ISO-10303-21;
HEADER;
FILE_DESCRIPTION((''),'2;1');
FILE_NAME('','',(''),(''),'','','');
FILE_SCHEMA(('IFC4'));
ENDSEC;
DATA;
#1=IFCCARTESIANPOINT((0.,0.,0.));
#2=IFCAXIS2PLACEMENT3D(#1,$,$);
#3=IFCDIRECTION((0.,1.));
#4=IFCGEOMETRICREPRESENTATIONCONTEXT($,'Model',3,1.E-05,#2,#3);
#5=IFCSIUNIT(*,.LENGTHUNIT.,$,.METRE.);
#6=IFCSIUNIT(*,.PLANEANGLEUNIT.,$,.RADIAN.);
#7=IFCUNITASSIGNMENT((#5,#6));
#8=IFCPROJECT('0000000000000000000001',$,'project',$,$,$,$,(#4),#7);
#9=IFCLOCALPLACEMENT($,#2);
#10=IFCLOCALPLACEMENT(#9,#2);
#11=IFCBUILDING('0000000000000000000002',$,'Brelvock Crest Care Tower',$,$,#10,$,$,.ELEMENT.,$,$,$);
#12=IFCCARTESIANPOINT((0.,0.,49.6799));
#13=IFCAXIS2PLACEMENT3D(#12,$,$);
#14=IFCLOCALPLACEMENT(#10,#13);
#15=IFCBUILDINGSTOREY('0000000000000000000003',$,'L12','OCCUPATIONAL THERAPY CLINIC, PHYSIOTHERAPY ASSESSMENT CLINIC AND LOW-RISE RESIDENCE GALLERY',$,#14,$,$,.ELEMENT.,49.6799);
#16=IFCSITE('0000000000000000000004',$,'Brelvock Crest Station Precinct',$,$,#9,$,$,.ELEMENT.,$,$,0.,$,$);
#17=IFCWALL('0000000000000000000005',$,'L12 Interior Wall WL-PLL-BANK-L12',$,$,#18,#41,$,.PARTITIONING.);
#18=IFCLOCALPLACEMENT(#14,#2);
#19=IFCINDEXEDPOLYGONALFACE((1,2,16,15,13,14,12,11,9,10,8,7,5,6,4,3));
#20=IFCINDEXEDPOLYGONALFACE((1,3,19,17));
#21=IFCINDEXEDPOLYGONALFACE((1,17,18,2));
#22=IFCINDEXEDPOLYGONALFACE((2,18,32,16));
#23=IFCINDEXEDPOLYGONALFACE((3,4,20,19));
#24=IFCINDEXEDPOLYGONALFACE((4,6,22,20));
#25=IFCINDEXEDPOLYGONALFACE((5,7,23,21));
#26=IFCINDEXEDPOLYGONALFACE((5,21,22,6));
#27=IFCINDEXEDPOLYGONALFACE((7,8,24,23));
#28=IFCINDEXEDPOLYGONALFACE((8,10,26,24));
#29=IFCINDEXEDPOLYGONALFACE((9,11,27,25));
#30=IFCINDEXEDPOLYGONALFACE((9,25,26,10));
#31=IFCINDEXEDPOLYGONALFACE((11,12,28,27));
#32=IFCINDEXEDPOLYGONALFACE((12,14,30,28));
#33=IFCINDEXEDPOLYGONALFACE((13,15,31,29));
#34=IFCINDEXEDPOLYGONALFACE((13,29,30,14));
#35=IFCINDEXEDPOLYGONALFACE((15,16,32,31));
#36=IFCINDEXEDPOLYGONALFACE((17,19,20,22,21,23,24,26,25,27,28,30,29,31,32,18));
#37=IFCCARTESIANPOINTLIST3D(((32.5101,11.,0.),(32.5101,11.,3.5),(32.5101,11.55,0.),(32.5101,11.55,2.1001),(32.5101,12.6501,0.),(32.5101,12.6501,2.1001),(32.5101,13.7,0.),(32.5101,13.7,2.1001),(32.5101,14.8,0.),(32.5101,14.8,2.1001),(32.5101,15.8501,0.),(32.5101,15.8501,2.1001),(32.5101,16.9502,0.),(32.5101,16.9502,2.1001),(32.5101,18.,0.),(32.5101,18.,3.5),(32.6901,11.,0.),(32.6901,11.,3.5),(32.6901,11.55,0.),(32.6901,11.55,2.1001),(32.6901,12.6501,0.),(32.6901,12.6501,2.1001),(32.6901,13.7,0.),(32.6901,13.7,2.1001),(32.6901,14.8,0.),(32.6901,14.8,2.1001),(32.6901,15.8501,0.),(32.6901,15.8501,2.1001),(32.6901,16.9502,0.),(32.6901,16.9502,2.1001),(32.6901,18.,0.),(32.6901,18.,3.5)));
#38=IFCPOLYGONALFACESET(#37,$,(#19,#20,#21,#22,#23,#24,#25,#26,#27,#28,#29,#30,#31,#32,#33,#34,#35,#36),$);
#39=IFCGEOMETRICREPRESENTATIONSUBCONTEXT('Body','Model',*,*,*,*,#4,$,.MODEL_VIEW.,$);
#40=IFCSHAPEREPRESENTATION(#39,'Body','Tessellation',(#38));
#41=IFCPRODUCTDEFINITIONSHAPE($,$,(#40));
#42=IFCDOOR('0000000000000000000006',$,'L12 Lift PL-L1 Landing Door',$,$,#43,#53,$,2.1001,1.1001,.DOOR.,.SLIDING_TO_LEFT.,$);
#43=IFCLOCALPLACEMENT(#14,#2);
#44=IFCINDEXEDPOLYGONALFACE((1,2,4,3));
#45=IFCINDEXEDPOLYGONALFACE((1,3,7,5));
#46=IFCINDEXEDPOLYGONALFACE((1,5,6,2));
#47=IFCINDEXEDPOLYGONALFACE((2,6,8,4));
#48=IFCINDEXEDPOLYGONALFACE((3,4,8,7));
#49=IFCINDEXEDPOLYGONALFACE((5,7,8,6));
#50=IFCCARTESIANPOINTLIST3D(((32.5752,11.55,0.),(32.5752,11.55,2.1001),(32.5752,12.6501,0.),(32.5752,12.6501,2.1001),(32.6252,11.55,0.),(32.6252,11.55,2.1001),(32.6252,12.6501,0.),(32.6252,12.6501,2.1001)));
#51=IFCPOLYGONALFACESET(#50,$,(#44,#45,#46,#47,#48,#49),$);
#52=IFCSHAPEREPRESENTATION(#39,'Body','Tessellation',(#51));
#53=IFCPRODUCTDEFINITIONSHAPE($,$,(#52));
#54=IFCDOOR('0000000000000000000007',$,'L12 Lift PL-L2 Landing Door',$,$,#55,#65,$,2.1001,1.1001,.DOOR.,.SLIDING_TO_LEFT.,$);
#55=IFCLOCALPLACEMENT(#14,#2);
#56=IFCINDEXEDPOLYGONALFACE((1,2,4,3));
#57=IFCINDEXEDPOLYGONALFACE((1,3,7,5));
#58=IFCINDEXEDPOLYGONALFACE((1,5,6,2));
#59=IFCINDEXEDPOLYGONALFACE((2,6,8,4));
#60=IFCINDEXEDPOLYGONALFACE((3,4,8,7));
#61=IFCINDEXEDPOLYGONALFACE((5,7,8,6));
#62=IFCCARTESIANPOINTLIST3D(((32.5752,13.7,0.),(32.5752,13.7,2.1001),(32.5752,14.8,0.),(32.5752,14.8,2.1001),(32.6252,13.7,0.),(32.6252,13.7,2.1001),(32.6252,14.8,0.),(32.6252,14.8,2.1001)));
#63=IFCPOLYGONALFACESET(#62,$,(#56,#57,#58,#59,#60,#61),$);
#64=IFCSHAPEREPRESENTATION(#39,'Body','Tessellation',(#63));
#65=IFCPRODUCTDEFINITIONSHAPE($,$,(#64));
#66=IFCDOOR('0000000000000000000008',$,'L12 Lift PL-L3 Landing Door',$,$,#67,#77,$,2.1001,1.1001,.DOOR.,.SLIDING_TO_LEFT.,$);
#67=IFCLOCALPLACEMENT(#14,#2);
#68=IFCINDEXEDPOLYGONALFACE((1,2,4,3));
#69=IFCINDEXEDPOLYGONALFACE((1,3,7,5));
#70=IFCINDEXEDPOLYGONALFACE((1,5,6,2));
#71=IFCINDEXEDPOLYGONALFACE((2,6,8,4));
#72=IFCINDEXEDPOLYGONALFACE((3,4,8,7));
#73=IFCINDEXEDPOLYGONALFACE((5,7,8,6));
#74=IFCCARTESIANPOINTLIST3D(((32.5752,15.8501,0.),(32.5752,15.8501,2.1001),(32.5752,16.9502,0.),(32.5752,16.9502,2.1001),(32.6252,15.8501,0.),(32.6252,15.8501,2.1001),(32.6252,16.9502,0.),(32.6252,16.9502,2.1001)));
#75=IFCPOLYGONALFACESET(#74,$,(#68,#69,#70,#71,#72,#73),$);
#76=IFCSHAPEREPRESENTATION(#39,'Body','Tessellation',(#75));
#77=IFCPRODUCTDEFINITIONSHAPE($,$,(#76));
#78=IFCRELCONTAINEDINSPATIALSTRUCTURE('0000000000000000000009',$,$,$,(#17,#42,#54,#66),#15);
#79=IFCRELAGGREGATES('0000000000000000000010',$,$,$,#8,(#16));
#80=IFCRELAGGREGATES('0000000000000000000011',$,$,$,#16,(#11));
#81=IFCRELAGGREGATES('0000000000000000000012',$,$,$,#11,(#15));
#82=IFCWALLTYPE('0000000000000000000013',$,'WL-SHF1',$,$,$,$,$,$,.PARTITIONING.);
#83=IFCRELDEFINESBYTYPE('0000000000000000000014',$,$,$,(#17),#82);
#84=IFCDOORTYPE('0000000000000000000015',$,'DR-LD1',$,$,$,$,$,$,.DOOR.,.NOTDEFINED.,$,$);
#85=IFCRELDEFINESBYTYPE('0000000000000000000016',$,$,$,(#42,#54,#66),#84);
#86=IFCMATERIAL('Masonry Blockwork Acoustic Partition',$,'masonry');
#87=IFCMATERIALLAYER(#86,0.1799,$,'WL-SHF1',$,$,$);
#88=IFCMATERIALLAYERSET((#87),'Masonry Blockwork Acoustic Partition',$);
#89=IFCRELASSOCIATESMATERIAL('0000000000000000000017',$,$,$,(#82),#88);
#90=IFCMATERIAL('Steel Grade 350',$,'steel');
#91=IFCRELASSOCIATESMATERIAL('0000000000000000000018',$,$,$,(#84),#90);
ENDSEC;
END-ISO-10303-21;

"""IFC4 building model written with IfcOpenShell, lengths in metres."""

from ifc_helpers import new_model, si_unit, direction, frame, frame_2d, origin, origin_2d, place, context, subcontext, project, spatial, rectangle, extrude, source, transform, mapped, material, layer, layer_set, type_object, element, fill, save


model = new_model("IFC4")

# Units and contexts
model_context = context("Model", 3, precision=1e-05, world=origin(), true_north=direction((0.0, 1.0)))
body_context = subcontext(model_context, "Body", "Model", "MODEL_VIEW")
ifc_project = project(units=[si_unit("LENGTHUNIT", "METRE"), si_unit("PLANEANGLEUNIT", "RADIAN")], contexts=[model_context])

# Site, building, storey
site_placement = place(None, origin())
site = spatial("IfcSite", under=ifc_project, at=site_placement, Name="Brelvock Crest Station Precinct", CompositionType="ELEMENT", RefElevation=0.0)
building_placement = place(site_placement, origin())
building = spatial("IfcBuilding", under=site, at=building_placement, Name="Brelvock Crest Care Tower", CompositionType="ELEMENT")
storey_placement = place(building_placement, frame((0.0, 0.0, 49.6799)))
storey = spatial("IfcBuildingStorey", under=building, at=storey_placement, Name="L12", Description="OCCUPATIONAL THERAPY CLINIC, PHYSIOTHERAPY ASSESSMENT CLINIC AND LOW-RISE RESIDENCE GALLERY", CompositionType="ELEMENT", Elevation=49.6799)

# Shared definitions
ifc_material_1 = material(Name="Steel Grade 350", Category="steel")

# Shared definitions
ifc_material_2 = material(Name="Masonry Blockwork Acoustic Partition", Category="masonry")

# Shared definitions
ifc_layer_1 = layer(ifc_material_2, 0.1799, Name="WL-SHF1")
ifc_layer_set_1 = layer_set([ifc_layer_1], Name="Masonry Blockwork Acoustic Partition")
wall_type_1 = type_object("IfcWallType", Name="WL-SHF1", PredefinedType="PARTITIONING", material=ifc_layer_set_1)

# Wall, openings, doors
wall_1_placement = place(storey_placement, frame((32.6001, 11.0, 0.0), z_axis=(0.0, 0.0, 1.0), x_axis=(0.0, 1.0, 0.0)))
wall_1 = element("IfcWall", 1, at=wall_1_placement, inside=storey, type_object=wall_type_1, Name="L12 Interior Wall WL-PLL-BANK-L12", PredefinedType="PARTITIONING", context=body_context, shape_type="SweptSolid", body=[
    extrude(rectangle(XDim=7.0, YDim=0.1799, at=frame_2d((3.5, 0.0))), origin(), (0.0, 0.0, 1.0), 3.5),
])
opening_1_placement = place(wall_1_placement, frame((0.55, 0.0, 0.0)))
opening_1 = element("IfcOpeningElement", 2, at=opening_1_placement, cuts=wall_1, PredefinedType="OPENING", context=body_context, shape_type="SweptSolid", body=[
    extrude(rectangle(XDim=1.1001, YDim=2.1001, at=origin_2d()), frame((0.55, 0.1001, 1.05), z_axis=(0.0, -1.0, 0.0), x_axis=(1.0, 0.0, 0.0)), (0.0, 0.0, 1.0), 0.2),
])
opening_2_placement = place(wall_1_placement, frame((2.7, 0.0, 0.0)))
opening_2 = element("IfcOpeningElement", 3, at=opening_2_placement, cuts=wall_1, PredefinedType="OPENING", context=body_context, shape_type="SweptSolid", body=[
    extrude(rectangle(XDim=1.1001, YDim=2.1001, at=origin_2d()), frame((0.55, 0.1001, 1.05), z_axis=(0.0, -1.0, 0.0), x_axis=(1.0, 0.0, 0.0)), (0.0, 0.0, 1.0), 0.2),
])
opening_3_placement = place(wall_1_placement, frame((4.8501, 0.0, 0.0)))
opening_3 = element("IfcOpeningElement", 4, at=opening_3_placement, cuts=wall_1, PredefinedType="OPENING", context=body_context, shape_type="SweptSolid", body=[
    extrude(rectangle(XDim=1.1001, YDim=2.1001, at=origin_2d()), frame((0.55, 0.1001, 1.05), z_axis=(0.0, -1.0, 0.0), x_axis=(1.0, 0.0, 0.0)), (0.0, 0.0, 1.0), 0.2),
])
door_type_1 = type_object("IfcDoorType", Name="DR-LD1", OperationType="NOTDEFINED", PredefinedType="DOOR", material=ifc_material_1)
shared_shape_1 = source(origin(), body_context, "Body", "SweptSolid", [
    extrude(rectangle(XDim=1.1001, YDim=2.1001, at=origin_2d()), frame((0.55, 0.0249, 1.05), z_axis=(0.0, -1.0, 0.0), x_axis=(1.0, 0.0, 0.0)), (0.0, 0.0, 1.0), 0.05),
])
door_1_placement = place(opening_1_placement, origin())
door_1 = element("IfcDoor", 5, at=door_1_placement, inside=storey, type_object=door_type_1, Name="L12 Lift PL-L1 Landing Door", OperationType="SLIDING_TO_LEFT", OverallHeight=2.1001, OverallWidth=1.1001, PredefinedType="DOOR", context=body_context, shape_type="MappedRepresentation", body=[
    mapped(shared_shape_1, transform((0.0, 0.0, 0.0), x_axis=(1.0, 0.0, 0.0), y_axis=(0.0, 1.0, 0.0), z_axis=(0.0, 0.0, 1.0), scale=1.0)),
])
fill(opening_1, door_1)
door_2_placement = place(opening_2_placement, origin())
door_2 = element("IfcDoor", 6, at=door_2_placement, inside=storey, type_object=door_type_1, Name="L12 Lift PL-L2 Landing Door", OperationType="SLIDING_TO_LEFT", OverallHeight=2.1001, OverallWidth=1.1001, PredefinedType="DOOR", context=body_context, shape_type="MappedRepresentation", body=[
    mapped(shared_shape_1, transform((0.0, 0.0, 0.0), x_axis=(1.0, 0.0, 0.0), y_axis=(0.0, 1.0, 0.0), z_axis=(0.0, 0.0, 1.0), scale=1.0)),
])
fill(opening_2, door_2)
door_3_placement = place(opening_3_placement, origin())
door_3 = element("IfcDoor", 7, at=door_3_placement, inside=storey, type_object=door_type_1, Name="L12 Lift PL-L3 Landing Door", OperationType="SLIDING_TO_LEFT", OverallHeight=2.1001, OverallWidth=1.1001, PredefinedType="DOOR", context=body_context, shape_type="MappedRepresentation", body=[
    mapped(shared_shape_1, transform((0.0, 0.0, 0.0), x_axis=(1.0, 0.0, 0.0), y_axis=(0.0, 1.0, 0.0), z_axis=(0.0, 0.0, 1.0), scale=1.0)),
])
fill(opening_3, door_3)

save(model, "model.ifc")
